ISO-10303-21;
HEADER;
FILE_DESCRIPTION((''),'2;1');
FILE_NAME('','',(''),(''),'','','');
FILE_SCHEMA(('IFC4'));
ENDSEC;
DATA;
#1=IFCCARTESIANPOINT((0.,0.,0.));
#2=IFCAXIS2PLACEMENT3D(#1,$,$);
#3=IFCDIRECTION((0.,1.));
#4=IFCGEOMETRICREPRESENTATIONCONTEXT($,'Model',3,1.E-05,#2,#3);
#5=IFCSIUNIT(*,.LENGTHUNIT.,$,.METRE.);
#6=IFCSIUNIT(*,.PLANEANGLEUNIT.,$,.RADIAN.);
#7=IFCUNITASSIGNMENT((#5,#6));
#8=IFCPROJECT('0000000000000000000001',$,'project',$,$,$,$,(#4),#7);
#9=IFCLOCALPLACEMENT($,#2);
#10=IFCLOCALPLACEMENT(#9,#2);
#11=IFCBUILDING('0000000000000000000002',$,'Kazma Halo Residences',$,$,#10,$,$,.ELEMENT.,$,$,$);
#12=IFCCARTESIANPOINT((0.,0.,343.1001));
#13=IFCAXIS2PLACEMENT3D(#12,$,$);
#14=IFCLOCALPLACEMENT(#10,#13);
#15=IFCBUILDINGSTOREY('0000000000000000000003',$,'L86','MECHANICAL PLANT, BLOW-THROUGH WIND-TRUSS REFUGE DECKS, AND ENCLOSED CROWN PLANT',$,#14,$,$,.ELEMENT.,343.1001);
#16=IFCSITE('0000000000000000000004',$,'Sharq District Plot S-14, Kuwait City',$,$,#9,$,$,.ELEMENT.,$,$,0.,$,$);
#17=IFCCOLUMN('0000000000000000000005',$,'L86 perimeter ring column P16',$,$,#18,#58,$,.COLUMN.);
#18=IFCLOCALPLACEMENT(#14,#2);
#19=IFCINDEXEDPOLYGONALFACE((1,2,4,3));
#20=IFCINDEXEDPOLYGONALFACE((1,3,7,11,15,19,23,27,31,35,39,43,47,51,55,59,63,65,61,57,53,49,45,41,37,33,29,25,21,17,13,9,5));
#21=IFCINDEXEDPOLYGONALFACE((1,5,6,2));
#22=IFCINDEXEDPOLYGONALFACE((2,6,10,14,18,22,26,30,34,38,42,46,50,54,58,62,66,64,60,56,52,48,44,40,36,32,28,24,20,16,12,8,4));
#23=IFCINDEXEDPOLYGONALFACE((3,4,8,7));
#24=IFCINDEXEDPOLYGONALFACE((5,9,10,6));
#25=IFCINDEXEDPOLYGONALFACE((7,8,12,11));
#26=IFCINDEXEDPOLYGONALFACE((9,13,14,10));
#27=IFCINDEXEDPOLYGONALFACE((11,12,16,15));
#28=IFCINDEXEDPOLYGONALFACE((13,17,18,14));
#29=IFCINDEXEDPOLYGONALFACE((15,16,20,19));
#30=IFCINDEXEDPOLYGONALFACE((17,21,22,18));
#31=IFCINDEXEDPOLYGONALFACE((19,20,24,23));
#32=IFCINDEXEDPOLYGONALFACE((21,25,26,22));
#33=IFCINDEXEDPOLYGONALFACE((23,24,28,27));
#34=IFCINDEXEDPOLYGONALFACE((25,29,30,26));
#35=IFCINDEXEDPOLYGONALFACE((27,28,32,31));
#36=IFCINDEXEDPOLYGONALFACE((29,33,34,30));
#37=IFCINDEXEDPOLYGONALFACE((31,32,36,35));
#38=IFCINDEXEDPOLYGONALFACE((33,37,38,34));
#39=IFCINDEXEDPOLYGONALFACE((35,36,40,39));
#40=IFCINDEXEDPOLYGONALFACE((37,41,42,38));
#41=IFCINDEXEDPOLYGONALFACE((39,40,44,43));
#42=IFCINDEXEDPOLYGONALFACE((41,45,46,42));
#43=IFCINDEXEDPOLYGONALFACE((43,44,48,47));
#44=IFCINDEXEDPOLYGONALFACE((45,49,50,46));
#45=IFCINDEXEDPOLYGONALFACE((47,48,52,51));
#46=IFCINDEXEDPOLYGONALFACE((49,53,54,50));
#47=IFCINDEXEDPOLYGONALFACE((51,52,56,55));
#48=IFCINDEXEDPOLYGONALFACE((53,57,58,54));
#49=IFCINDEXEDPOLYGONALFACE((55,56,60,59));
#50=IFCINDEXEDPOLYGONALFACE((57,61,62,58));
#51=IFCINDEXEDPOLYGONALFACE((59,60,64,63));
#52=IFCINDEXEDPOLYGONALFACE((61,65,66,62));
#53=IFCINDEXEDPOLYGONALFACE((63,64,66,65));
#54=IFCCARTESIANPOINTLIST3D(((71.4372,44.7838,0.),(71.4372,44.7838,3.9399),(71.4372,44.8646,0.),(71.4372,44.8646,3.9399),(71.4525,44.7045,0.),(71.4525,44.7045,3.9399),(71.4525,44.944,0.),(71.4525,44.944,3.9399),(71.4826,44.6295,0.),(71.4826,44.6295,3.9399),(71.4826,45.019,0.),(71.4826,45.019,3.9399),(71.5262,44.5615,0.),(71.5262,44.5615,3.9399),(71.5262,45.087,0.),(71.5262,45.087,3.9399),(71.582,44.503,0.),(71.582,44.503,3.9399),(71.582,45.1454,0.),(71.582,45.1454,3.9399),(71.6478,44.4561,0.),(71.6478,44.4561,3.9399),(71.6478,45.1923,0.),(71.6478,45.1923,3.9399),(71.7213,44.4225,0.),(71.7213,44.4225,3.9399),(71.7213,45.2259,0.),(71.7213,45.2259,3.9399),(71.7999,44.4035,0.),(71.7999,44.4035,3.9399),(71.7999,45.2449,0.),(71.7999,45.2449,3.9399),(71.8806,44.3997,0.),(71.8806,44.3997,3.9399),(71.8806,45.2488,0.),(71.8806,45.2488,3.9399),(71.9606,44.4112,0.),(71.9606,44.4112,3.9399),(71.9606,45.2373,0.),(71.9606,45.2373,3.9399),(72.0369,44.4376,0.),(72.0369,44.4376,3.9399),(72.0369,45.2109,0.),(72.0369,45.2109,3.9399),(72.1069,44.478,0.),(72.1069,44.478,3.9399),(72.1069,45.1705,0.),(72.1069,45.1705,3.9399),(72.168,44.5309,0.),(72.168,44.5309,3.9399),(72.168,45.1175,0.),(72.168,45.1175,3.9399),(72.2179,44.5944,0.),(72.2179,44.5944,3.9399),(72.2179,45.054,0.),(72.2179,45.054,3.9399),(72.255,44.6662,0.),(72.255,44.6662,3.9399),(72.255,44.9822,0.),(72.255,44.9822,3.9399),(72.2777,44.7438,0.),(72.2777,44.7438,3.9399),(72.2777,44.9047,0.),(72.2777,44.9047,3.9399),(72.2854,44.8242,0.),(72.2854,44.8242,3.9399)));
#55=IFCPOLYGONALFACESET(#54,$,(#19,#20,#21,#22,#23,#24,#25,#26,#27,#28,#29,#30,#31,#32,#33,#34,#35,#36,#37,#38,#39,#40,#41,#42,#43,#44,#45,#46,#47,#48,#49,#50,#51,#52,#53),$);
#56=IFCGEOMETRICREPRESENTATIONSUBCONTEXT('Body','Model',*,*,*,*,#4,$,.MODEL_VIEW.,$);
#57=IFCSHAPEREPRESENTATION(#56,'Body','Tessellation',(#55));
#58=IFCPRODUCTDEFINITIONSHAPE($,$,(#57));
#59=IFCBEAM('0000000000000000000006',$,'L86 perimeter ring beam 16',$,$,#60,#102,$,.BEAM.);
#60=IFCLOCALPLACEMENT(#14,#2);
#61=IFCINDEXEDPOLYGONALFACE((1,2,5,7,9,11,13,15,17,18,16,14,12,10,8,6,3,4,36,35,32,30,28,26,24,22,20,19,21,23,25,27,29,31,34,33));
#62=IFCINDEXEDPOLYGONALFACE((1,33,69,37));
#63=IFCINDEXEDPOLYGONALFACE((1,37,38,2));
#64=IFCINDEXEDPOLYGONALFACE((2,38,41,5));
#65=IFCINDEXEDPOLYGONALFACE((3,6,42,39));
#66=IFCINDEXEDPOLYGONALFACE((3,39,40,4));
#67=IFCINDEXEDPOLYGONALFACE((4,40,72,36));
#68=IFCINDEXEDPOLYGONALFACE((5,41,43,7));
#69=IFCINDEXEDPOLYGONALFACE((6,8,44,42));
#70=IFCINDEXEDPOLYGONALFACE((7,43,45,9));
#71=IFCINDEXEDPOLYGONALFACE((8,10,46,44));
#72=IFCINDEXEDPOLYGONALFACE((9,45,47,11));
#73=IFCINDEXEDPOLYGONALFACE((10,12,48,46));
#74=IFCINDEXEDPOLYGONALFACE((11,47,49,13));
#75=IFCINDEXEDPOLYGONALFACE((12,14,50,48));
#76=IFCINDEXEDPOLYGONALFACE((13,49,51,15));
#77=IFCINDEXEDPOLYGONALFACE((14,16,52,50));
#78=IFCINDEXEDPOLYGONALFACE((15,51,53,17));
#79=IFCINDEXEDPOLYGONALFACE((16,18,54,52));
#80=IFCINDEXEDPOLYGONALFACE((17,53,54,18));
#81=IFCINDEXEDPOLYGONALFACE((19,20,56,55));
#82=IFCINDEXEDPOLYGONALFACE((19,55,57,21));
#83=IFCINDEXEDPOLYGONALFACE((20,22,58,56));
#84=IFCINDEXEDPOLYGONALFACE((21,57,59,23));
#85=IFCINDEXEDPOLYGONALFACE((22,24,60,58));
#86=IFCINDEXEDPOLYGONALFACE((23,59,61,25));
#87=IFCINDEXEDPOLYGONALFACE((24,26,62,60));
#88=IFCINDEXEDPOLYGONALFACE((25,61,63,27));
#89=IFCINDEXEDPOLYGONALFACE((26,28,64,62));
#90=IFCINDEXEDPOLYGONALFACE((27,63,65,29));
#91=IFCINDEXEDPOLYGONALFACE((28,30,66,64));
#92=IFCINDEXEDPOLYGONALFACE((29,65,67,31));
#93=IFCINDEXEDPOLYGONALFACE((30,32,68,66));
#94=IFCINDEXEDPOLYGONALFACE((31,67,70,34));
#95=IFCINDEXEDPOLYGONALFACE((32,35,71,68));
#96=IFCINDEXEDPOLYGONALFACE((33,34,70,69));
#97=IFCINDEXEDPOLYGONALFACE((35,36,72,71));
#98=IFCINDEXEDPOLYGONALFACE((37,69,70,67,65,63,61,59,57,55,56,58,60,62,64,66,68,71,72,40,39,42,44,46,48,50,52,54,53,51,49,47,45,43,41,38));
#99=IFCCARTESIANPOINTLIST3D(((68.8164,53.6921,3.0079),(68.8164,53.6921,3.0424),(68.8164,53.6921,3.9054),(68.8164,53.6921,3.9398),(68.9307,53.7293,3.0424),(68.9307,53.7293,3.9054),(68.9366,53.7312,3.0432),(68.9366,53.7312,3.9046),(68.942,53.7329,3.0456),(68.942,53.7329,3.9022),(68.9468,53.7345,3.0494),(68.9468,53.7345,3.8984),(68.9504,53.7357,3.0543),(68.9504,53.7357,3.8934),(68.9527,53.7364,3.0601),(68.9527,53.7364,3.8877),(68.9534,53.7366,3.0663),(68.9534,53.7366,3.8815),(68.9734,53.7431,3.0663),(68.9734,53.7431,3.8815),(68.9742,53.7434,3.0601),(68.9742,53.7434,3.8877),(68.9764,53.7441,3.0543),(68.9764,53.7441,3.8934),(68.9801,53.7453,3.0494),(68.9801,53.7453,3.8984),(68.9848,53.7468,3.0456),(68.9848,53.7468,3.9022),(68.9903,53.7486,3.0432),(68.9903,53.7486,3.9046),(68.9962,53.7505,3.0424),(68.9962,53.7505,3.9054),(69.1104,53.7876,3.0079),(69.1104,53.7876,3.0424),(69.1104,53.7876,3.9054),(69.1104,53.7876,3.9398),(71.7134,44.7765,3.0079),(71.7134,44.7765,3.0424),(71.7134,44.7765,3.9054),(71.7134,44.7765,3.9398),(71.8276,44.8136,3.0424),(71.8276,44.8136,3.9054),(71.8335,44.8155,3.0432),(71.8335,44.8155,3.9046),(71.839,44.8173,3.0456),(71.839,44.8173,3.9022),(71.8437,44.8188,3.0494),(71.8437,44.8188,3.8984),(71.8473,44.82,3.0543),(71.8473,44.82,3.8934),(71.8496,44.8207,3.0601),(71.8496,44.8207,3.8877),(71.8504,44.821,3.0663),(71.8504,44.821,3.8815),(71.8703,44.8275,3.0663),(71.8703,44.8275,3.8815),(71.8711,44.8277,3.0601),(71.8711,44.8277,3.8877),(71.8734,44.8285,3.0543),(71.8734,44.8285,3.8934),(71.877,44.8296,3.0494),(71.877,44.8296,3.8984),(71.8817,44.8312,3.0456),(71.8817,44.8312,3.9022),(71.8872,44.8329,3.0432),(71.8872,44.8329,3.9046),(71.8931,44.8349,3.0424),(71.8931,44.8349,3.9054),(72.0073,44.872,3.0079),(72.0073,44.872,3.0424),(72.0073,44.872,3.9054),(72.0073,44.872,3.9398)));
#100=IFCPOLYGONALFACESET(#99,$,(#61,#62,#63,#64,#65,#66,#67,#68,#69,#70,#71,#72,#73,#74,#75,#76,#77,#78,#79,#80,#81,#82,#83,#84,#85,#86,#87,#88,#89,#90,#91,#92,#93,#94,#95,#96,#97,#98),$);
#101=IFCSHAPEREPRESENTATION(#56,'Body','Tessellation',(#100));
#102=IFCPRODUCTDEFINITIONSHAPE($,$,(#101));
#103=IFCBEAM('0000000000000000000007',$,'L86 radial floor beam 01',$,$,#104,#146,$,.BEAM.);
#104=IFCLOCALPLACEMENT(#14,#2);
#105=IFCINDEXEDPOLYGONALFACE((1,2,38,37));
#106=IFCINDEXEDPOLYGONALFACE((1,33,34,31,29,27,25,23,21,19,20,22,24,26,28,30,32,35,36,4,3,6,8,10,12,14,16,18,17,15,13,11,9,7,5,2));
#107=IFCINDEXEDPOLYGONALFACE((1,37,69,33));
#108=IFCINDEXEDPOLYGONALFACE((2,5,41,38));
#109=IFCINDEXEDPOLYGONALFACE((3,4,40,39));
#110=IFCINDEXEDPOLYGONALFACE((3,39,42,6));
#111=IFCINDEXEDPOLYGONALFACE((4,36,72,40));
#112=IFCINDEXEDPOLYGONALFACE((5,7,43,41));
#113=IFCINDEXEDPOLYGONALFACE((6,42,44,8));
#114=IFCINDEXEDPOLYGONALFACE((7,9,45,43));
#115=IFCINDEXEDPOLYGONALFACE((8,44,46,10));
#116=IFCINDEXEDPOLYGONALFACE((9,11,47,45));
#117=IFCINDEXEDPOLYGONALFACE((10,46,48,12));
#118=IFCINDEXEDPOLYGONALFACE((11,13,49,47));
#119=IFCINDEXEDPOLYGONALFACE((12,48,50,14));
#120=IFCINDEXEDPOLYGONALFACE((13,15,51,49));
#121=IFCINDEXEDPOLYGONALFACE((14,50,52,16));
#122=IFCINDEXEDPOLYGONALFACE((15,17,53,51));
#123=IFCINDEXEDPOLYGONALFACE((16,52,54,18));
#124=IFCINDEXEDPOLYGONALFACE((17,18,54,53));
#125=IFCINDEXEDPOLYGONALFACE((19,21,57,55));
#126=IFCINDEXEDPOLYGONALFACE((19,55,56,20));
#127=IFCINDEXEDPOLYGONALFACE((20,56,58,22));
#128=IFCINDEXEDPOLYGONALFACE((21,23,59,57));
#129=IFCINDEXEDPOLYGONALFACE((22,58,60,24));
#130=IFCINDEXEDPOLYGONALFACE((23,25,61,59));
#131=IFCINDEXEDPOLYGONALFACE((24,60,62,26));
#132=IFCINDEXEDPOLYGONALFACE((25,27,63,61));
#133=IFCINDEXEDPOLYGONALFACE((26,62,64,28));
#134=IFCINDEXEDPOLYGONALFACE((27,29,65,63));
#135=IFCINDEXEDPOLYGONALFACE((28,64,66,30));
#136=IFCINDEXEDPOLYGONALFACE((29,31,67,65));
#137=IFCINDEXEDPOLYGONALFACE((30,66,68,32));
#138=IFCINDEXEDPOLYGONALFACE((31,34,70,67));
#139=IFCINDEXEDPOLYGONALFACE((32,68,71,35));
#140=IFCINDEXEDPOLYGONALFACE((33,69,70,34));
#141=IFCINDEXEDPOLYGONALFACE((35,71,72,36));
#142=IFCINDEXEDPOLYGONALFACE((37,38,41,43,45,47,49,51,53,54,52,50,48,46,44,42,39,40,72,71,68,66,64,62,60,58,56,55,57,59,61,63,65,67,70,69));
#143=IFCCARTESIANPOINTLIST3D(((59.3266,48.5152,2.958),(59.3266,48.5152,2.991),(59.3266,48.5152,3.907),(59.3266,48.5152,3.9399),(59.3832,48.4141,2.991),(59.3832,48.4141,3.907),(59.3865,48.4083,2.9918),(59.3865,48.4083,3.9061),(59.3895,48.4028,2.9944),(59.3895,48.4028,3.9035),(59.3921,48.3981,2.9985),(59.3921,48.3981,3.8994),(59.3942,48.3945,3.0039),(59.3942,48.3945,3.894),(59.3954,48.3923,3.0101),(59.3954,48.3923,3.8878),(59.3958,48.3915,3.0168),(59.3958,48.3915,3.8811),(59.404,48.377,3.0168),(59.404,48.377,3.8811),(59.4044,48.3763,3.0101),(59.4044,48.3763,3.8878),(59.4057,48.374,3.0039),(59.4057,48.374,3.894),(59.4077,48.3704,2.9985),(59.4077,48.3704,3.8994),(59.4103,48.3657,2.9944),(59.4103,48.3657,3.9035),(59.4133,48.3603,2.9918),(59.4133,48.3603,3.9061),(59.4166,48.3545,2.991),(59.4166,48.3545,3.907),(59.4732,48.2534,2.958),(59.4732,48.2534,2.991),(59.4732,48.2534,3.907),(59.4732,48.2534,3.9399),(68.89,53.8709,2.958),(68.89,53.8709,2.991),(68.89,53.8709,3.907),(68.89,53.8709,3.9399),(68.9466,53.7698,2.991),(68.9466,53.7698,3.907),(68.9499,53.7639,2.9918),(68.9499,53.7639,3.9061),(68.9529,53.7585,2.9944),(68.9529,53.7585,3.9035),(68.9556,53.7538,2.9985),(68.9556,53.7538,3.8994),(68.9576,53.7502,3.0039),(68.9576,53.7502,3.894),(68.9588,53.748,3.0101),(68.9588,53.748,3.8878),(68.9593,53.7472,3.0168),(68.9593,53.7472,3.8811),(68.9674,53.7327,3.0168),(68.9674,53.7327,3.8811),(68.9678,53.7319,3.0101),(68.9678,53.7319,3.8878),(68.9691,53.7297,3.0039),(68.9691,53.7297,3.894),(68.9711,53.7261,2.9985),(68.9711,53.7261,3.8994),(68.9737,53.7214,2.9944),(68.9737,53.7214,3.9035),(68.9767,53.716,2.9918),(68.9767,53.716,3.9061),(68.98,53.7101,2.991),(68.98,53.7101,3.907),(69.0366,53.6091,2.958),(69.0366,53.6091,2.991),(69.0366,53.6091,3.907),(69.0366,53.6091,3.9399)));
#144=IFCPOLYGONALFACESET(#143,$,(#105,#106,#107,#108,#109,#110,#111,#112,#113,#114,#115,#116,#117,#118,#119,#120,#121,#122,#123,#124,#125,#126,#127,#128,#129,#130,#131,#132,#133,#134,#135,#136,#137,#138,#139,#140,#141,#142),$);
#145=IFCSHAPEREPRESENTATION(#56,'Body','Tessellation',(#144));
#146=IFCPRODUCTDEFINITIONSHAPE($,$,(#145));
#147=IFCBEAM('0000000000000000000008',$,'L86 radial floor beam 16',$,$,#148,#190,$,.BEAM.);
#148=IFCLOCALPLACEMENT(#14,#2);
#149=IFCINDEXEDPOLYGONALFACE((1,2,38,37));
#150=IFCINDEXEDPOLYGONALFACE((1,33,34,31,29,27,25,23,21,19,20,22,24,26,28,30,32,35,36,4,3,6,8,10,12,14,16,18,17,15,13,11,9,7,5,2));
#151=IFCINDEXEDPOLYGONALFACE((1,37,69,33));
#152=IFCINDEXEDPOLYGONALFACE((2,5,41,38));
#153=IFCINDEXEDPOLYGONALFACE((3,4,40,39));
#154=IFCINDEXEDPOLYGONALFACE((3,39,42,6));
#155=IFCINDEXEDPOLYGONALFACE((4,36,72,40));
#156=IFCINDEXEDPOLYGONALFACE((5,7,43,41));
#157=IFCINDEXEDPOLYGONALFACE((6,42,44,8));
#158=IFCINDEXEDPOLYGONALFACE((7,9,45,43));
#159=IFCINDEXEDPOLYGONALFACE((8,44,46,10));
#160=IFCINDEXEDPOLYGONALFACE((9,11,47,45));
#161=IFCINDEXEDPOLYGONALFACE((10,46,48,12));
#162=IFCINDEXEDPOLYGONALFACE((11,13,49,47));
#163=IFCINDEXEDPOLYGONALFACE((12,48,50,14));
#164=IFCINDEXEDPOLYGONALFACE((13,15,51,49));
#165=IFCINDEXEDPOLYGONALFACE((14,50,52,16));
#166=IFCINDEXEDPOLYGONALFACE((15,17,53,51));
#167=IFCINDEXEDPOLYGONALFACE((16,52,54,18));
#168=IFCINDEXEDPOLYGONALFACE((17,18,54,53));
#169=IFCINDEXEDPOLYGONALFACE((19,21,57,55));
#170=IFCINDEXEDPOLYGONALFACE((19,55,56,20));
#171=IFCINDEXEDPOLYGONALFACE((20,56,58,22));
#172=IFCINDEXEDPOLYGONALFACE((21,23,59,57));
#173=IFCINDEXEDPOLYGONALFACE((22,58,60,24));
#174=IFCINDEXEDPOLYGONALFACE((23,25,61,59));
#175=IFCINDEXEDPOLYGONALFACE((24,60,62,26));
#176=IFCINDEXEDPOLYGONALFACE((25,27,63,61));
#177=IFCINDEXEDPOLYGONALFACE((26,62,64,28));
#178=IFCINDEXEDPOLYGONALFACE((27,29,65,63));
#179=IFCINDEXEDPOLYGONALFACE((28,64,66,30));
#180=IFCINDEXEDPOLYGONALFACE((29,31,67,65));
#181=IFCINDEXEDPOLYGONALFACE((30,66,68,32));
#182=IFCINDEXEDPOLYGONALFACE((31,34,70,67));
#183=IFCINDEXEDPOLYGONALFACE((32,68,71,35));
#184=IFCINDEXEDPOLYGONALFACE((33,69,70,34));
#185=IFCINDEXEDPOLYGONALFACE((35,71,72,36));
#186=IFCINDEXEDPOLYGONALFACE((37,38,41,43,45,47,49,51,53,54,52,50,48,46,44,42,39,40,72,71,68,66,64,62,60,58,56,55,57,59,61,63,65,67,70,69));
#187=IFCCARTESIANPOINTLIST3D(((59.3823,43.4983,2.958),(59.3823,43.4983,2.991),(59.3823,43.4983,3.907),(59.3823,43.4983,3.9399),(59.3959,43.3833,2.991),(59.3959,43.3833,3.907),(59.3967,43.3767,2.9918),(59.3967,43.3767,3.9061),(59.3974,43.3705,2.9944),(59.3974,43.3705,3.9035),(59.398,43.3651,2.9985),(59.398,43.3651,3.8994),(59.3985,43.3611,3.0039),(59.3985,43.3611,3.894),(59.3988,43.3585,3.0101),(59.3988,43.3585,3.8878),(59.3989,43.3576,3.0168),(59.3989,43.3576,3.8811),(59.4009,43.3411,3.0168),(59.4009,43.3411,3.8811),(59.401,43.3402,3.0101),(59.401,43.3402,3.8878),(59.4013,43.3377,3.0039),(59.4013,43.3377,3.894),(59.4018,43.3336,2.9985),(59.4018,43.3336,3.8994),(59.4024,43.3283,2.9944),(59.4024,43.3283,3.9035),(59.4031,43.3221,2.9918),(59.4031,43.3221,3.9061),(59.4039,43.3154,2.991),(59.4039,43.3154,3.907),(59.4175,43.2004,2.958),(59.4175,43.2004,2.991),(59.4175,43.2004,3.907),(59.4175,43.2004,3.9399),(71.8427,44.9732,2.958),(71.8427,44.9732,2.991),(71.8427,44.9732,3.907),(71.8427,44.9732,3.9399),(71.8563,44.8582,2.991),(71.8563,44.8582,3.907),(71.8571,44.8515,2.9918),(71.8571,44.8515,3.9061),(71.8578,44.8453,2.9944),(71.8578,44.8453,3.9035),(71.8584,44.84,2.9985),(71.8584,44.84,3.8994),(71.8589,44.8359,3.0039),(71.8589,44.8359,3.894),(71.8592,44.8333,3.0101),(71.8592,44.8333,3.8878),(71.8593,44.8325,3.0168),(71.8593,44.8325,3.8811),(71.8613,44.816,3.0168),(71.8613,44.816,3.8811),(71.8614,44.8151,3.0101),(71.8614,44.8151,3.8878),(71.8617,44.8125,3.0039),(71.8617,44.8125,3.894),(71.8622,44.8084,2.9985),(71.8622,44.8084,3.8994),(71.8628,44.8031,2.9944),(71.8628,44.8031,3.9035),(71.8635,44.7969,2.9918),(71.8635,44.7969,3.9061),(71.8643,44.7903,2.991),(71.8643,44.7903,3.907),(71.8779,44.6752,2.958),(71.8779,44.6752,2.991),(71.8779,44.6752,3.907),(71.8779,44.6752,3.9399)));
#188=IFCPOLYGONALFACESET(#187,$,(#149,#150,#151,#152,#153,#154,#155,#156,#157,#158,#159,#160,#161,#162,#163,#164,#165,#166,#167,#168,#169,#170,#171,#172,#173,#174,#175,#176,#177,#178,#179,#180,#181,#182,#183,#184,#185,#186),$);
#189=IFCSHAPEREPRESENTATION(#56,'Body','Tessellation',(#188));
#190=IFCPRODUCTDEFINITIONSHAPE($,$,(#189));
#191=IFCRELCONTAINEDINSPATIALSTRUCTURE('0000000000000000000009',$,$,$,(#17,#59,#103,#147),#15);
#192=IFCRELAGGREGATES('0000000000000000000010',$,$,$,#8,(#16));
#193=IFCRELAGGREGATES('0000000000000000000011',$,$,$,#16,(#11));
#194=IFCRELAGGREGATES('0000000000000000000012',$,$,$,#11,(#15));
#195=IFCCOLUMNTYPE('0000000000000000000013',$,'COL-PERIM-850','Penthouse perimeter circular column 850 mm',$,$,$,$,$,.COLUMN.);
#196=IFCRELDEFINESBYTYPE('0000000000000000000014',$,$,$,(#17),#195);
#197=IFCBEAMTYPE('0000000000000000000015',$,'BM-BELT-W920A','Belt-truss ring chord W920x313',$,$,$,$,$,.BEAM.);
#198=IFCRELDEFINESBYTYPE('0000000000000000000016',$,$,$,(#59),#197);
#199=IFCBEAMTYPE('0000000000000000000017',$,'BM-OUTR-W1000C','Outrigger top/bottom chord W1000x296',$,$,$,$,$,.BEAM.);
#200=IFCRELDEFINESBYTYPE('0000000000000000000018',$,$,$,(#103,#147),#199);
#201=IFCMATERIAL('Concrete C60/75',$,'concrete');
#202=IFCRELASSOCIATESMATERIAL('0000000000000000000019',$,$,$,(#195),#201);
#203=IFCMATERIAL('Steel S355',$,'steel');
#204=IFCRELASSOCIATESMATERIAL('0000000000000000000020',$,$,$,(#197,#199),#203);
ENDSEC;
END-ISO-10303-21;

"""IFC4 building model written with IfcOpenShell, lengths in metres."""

from ifc_helpers import new_model, si_unit, direction, frame, origin, origin_2d, place, context, subcontext, project, spatial, circle, i_section, extrude, material, material_profile, profile_set, type_object, element, save


model = new_model("IFC4")

# Units and contexts
model_context = context("Model", 3, precision=1e-05, world=origin(), true_north=direction((0.0, 1.0)))
body_context = subcontext(model_context, "Body", "Model", "MODEL_VIEW")
ifc_project = project(units=[si_unit("LENGTHUNIT", "METRE"), si_unit("PLANEANGLEUNIT", "RADIAN")], contexts=[model_context])

# Site, building, storey
site_placement = place(None, origin())
site = spatial("IfcSite", under=ifc_project, at=site_placement, Name="Sharq District Plot S-14, Kuwait City", CompositionType="ELEMENT", RefElevation=0.0)
building_placement = place(site_placement, origin())
building = spatial("IfcBuilding", under=site, at=building_placement, Name="Kazma Halo Residences", CompositionType="ELEMENT")
storey_placement = place(building_placement, frame((0.0, 0.0, 343.1001)))
storey = spatial("IfcBuildingStorey", under=building, at=storey_placement, Name="L86", Description="MECHANICAL PLANT, BLOW-THROUGH WIND-TRUSS REFUGE DECKS, AND ENCLOSED CROWN PLANT", CompositionType="ELEMENT", Elevation=343.1001)

# Column
ifc_material_1 = material(Name="Concrete C60/75", Category="concrete")
ifc_material_profile_1 = material_profile(ifc_material_1, circle(Radius=0.425, at=origin_2d()), Name="CIRC850")
ifc_profile_set_1 = profile_set([ifc_material_profile_1], Name="Concrete C60/75")
column_type = type_object("IfcColumnType", Name="COL-PERIM-850", Description="Penthouse perimeter circular column 850 mm", PredefinedType="COLUMN", material=ifc_profile_set_1)
column_placement = place(storey_placement, frame((71.8604, 44.8242, 0.0), z_axis=(0.0, 0.0, 1.0), x_axis=(1.0, 0.0, 0.0)))
element("IfcColumn", 1, at=column_placement, inside=storey, type_object=column_type, Name="L86 perimeter ring column P16", PredefinedType="COLUMN", context=body_context, shape_type="SweptSolid", body=[
    extrude(circle(Radius=0.425, at=origin_2d()), origin(), (0.0, 0.0, 1.0), 3.9399),
])

# Beams
ifc_material_2 = material(Name="Steel S355", Category="steel")
ifc_material_profile_2 = material_profile(ifc_material_2, i_section(OverallWidth=0.3091, OverallDepth=0.9319, WebThickness=0.021, FlangeThickness=0.0344, FilletRadius=0.0239, at=origin_2d()), Name="W920x313")
ifc_profile_set_2 = profile_set([ifc_material_profile_2], Name="Steel S355")
beam_type_1 = type_object("IfcBeamType", Name="BM-BELT-W920A", Description="Belt-truss ring chord W920x313", PredefinedType="BEAM", material=ifc_profile_set_2)
beam_1_placement = place(storey_placement, frame((71.8604, 44.8242, 3.4739), z_axis=(-0.309023, 0.951055, 0.0), x_axis=(-0.951055, -0.309023, 0.0)))
element("IfcBeam", 2, at=beam_1_placement, inside=storey, type_object=beam_type_1, Name="L86 perimeter ring beam 16", PredefinedType="BEAM", context=body_context, shape_type="SweptSolid", body=[
    extrude(i_section(OverallWidth=0.3091, OverallDepth=0.9319, WebThickness=0.021, FlangeThickness=0.0344, FilletRadius=0.0239, at=origin_2d()), origin(), (0.0, 0.0, 1.0), 9.3745),
])
ifc_material_profile_3 = material_profile(ifc_material_2, i_section(OverallWidth=0.3, OverallDepth=0.9819, WebThickness=0.0166, FlangeThickness=0.033, FilletRadius=0.0259, at=origin_2d()), Name="W1000x296")
ifc_profile_set_3 = profile_set([ifc_material_profile_3], Name="Steel S355")
beam_type_2 = type_object("IfcBeamType", Name="BM-OUTR-W1000C", Description="Outrigger top/bottom chord W1000x296", PredefinedType="BEAM", material=ifc_profile_set_3)
beam_2_placement = place(storey_placement, frame((59.3999, 48.3843, 3.449), z_axis=(0.8725, 0.488615, 0.0), x_axis=(-0.488615, 0.8725, 0.0)))
element("IfcBeam", 3, at=beam_2_placement, inside=storey, type_object=beam_type_2, Name="L86 radial floor beam 01", PredefinedType="BEAM", context=body_context, shape_type="SweptSolid", body=[
    extrude(i_section(OverallWidth=0.3, OverallDepth=0.9819, WebThickness=0.0166, FlangeThickness=0.033, FilletRadius=0.0259, at=origin_2d()), origin(), (0.0, 0.0, 1.0), 10.9609),
])
beam_3_placement = place(storey_placement, frame((59.3999, 43.3494, 3.449), z_axis=(0.993068, 0.117542, 0.0), x_axis=(-0.117542, 0.993068, 0.0)))
element("IfcBeam", 4, at=beam_3_placement, inside=storey, type_object=beam_type_2, Name="L86 radial floor beam 16", PredefinedType="BEAM", context=body_context, shape_type="SweptSolid", body=[
    extrude(i_section(OverallWidth=0.3, OverallDepth=0.9819, WebThickness=0.0166, FlangeThickness=0.033, FilletRadius=0.0259, at=origin_2d()), origin(), (0.0, 0.0, 1.0), 12.5474),
])

save(model, "model.ifc")
